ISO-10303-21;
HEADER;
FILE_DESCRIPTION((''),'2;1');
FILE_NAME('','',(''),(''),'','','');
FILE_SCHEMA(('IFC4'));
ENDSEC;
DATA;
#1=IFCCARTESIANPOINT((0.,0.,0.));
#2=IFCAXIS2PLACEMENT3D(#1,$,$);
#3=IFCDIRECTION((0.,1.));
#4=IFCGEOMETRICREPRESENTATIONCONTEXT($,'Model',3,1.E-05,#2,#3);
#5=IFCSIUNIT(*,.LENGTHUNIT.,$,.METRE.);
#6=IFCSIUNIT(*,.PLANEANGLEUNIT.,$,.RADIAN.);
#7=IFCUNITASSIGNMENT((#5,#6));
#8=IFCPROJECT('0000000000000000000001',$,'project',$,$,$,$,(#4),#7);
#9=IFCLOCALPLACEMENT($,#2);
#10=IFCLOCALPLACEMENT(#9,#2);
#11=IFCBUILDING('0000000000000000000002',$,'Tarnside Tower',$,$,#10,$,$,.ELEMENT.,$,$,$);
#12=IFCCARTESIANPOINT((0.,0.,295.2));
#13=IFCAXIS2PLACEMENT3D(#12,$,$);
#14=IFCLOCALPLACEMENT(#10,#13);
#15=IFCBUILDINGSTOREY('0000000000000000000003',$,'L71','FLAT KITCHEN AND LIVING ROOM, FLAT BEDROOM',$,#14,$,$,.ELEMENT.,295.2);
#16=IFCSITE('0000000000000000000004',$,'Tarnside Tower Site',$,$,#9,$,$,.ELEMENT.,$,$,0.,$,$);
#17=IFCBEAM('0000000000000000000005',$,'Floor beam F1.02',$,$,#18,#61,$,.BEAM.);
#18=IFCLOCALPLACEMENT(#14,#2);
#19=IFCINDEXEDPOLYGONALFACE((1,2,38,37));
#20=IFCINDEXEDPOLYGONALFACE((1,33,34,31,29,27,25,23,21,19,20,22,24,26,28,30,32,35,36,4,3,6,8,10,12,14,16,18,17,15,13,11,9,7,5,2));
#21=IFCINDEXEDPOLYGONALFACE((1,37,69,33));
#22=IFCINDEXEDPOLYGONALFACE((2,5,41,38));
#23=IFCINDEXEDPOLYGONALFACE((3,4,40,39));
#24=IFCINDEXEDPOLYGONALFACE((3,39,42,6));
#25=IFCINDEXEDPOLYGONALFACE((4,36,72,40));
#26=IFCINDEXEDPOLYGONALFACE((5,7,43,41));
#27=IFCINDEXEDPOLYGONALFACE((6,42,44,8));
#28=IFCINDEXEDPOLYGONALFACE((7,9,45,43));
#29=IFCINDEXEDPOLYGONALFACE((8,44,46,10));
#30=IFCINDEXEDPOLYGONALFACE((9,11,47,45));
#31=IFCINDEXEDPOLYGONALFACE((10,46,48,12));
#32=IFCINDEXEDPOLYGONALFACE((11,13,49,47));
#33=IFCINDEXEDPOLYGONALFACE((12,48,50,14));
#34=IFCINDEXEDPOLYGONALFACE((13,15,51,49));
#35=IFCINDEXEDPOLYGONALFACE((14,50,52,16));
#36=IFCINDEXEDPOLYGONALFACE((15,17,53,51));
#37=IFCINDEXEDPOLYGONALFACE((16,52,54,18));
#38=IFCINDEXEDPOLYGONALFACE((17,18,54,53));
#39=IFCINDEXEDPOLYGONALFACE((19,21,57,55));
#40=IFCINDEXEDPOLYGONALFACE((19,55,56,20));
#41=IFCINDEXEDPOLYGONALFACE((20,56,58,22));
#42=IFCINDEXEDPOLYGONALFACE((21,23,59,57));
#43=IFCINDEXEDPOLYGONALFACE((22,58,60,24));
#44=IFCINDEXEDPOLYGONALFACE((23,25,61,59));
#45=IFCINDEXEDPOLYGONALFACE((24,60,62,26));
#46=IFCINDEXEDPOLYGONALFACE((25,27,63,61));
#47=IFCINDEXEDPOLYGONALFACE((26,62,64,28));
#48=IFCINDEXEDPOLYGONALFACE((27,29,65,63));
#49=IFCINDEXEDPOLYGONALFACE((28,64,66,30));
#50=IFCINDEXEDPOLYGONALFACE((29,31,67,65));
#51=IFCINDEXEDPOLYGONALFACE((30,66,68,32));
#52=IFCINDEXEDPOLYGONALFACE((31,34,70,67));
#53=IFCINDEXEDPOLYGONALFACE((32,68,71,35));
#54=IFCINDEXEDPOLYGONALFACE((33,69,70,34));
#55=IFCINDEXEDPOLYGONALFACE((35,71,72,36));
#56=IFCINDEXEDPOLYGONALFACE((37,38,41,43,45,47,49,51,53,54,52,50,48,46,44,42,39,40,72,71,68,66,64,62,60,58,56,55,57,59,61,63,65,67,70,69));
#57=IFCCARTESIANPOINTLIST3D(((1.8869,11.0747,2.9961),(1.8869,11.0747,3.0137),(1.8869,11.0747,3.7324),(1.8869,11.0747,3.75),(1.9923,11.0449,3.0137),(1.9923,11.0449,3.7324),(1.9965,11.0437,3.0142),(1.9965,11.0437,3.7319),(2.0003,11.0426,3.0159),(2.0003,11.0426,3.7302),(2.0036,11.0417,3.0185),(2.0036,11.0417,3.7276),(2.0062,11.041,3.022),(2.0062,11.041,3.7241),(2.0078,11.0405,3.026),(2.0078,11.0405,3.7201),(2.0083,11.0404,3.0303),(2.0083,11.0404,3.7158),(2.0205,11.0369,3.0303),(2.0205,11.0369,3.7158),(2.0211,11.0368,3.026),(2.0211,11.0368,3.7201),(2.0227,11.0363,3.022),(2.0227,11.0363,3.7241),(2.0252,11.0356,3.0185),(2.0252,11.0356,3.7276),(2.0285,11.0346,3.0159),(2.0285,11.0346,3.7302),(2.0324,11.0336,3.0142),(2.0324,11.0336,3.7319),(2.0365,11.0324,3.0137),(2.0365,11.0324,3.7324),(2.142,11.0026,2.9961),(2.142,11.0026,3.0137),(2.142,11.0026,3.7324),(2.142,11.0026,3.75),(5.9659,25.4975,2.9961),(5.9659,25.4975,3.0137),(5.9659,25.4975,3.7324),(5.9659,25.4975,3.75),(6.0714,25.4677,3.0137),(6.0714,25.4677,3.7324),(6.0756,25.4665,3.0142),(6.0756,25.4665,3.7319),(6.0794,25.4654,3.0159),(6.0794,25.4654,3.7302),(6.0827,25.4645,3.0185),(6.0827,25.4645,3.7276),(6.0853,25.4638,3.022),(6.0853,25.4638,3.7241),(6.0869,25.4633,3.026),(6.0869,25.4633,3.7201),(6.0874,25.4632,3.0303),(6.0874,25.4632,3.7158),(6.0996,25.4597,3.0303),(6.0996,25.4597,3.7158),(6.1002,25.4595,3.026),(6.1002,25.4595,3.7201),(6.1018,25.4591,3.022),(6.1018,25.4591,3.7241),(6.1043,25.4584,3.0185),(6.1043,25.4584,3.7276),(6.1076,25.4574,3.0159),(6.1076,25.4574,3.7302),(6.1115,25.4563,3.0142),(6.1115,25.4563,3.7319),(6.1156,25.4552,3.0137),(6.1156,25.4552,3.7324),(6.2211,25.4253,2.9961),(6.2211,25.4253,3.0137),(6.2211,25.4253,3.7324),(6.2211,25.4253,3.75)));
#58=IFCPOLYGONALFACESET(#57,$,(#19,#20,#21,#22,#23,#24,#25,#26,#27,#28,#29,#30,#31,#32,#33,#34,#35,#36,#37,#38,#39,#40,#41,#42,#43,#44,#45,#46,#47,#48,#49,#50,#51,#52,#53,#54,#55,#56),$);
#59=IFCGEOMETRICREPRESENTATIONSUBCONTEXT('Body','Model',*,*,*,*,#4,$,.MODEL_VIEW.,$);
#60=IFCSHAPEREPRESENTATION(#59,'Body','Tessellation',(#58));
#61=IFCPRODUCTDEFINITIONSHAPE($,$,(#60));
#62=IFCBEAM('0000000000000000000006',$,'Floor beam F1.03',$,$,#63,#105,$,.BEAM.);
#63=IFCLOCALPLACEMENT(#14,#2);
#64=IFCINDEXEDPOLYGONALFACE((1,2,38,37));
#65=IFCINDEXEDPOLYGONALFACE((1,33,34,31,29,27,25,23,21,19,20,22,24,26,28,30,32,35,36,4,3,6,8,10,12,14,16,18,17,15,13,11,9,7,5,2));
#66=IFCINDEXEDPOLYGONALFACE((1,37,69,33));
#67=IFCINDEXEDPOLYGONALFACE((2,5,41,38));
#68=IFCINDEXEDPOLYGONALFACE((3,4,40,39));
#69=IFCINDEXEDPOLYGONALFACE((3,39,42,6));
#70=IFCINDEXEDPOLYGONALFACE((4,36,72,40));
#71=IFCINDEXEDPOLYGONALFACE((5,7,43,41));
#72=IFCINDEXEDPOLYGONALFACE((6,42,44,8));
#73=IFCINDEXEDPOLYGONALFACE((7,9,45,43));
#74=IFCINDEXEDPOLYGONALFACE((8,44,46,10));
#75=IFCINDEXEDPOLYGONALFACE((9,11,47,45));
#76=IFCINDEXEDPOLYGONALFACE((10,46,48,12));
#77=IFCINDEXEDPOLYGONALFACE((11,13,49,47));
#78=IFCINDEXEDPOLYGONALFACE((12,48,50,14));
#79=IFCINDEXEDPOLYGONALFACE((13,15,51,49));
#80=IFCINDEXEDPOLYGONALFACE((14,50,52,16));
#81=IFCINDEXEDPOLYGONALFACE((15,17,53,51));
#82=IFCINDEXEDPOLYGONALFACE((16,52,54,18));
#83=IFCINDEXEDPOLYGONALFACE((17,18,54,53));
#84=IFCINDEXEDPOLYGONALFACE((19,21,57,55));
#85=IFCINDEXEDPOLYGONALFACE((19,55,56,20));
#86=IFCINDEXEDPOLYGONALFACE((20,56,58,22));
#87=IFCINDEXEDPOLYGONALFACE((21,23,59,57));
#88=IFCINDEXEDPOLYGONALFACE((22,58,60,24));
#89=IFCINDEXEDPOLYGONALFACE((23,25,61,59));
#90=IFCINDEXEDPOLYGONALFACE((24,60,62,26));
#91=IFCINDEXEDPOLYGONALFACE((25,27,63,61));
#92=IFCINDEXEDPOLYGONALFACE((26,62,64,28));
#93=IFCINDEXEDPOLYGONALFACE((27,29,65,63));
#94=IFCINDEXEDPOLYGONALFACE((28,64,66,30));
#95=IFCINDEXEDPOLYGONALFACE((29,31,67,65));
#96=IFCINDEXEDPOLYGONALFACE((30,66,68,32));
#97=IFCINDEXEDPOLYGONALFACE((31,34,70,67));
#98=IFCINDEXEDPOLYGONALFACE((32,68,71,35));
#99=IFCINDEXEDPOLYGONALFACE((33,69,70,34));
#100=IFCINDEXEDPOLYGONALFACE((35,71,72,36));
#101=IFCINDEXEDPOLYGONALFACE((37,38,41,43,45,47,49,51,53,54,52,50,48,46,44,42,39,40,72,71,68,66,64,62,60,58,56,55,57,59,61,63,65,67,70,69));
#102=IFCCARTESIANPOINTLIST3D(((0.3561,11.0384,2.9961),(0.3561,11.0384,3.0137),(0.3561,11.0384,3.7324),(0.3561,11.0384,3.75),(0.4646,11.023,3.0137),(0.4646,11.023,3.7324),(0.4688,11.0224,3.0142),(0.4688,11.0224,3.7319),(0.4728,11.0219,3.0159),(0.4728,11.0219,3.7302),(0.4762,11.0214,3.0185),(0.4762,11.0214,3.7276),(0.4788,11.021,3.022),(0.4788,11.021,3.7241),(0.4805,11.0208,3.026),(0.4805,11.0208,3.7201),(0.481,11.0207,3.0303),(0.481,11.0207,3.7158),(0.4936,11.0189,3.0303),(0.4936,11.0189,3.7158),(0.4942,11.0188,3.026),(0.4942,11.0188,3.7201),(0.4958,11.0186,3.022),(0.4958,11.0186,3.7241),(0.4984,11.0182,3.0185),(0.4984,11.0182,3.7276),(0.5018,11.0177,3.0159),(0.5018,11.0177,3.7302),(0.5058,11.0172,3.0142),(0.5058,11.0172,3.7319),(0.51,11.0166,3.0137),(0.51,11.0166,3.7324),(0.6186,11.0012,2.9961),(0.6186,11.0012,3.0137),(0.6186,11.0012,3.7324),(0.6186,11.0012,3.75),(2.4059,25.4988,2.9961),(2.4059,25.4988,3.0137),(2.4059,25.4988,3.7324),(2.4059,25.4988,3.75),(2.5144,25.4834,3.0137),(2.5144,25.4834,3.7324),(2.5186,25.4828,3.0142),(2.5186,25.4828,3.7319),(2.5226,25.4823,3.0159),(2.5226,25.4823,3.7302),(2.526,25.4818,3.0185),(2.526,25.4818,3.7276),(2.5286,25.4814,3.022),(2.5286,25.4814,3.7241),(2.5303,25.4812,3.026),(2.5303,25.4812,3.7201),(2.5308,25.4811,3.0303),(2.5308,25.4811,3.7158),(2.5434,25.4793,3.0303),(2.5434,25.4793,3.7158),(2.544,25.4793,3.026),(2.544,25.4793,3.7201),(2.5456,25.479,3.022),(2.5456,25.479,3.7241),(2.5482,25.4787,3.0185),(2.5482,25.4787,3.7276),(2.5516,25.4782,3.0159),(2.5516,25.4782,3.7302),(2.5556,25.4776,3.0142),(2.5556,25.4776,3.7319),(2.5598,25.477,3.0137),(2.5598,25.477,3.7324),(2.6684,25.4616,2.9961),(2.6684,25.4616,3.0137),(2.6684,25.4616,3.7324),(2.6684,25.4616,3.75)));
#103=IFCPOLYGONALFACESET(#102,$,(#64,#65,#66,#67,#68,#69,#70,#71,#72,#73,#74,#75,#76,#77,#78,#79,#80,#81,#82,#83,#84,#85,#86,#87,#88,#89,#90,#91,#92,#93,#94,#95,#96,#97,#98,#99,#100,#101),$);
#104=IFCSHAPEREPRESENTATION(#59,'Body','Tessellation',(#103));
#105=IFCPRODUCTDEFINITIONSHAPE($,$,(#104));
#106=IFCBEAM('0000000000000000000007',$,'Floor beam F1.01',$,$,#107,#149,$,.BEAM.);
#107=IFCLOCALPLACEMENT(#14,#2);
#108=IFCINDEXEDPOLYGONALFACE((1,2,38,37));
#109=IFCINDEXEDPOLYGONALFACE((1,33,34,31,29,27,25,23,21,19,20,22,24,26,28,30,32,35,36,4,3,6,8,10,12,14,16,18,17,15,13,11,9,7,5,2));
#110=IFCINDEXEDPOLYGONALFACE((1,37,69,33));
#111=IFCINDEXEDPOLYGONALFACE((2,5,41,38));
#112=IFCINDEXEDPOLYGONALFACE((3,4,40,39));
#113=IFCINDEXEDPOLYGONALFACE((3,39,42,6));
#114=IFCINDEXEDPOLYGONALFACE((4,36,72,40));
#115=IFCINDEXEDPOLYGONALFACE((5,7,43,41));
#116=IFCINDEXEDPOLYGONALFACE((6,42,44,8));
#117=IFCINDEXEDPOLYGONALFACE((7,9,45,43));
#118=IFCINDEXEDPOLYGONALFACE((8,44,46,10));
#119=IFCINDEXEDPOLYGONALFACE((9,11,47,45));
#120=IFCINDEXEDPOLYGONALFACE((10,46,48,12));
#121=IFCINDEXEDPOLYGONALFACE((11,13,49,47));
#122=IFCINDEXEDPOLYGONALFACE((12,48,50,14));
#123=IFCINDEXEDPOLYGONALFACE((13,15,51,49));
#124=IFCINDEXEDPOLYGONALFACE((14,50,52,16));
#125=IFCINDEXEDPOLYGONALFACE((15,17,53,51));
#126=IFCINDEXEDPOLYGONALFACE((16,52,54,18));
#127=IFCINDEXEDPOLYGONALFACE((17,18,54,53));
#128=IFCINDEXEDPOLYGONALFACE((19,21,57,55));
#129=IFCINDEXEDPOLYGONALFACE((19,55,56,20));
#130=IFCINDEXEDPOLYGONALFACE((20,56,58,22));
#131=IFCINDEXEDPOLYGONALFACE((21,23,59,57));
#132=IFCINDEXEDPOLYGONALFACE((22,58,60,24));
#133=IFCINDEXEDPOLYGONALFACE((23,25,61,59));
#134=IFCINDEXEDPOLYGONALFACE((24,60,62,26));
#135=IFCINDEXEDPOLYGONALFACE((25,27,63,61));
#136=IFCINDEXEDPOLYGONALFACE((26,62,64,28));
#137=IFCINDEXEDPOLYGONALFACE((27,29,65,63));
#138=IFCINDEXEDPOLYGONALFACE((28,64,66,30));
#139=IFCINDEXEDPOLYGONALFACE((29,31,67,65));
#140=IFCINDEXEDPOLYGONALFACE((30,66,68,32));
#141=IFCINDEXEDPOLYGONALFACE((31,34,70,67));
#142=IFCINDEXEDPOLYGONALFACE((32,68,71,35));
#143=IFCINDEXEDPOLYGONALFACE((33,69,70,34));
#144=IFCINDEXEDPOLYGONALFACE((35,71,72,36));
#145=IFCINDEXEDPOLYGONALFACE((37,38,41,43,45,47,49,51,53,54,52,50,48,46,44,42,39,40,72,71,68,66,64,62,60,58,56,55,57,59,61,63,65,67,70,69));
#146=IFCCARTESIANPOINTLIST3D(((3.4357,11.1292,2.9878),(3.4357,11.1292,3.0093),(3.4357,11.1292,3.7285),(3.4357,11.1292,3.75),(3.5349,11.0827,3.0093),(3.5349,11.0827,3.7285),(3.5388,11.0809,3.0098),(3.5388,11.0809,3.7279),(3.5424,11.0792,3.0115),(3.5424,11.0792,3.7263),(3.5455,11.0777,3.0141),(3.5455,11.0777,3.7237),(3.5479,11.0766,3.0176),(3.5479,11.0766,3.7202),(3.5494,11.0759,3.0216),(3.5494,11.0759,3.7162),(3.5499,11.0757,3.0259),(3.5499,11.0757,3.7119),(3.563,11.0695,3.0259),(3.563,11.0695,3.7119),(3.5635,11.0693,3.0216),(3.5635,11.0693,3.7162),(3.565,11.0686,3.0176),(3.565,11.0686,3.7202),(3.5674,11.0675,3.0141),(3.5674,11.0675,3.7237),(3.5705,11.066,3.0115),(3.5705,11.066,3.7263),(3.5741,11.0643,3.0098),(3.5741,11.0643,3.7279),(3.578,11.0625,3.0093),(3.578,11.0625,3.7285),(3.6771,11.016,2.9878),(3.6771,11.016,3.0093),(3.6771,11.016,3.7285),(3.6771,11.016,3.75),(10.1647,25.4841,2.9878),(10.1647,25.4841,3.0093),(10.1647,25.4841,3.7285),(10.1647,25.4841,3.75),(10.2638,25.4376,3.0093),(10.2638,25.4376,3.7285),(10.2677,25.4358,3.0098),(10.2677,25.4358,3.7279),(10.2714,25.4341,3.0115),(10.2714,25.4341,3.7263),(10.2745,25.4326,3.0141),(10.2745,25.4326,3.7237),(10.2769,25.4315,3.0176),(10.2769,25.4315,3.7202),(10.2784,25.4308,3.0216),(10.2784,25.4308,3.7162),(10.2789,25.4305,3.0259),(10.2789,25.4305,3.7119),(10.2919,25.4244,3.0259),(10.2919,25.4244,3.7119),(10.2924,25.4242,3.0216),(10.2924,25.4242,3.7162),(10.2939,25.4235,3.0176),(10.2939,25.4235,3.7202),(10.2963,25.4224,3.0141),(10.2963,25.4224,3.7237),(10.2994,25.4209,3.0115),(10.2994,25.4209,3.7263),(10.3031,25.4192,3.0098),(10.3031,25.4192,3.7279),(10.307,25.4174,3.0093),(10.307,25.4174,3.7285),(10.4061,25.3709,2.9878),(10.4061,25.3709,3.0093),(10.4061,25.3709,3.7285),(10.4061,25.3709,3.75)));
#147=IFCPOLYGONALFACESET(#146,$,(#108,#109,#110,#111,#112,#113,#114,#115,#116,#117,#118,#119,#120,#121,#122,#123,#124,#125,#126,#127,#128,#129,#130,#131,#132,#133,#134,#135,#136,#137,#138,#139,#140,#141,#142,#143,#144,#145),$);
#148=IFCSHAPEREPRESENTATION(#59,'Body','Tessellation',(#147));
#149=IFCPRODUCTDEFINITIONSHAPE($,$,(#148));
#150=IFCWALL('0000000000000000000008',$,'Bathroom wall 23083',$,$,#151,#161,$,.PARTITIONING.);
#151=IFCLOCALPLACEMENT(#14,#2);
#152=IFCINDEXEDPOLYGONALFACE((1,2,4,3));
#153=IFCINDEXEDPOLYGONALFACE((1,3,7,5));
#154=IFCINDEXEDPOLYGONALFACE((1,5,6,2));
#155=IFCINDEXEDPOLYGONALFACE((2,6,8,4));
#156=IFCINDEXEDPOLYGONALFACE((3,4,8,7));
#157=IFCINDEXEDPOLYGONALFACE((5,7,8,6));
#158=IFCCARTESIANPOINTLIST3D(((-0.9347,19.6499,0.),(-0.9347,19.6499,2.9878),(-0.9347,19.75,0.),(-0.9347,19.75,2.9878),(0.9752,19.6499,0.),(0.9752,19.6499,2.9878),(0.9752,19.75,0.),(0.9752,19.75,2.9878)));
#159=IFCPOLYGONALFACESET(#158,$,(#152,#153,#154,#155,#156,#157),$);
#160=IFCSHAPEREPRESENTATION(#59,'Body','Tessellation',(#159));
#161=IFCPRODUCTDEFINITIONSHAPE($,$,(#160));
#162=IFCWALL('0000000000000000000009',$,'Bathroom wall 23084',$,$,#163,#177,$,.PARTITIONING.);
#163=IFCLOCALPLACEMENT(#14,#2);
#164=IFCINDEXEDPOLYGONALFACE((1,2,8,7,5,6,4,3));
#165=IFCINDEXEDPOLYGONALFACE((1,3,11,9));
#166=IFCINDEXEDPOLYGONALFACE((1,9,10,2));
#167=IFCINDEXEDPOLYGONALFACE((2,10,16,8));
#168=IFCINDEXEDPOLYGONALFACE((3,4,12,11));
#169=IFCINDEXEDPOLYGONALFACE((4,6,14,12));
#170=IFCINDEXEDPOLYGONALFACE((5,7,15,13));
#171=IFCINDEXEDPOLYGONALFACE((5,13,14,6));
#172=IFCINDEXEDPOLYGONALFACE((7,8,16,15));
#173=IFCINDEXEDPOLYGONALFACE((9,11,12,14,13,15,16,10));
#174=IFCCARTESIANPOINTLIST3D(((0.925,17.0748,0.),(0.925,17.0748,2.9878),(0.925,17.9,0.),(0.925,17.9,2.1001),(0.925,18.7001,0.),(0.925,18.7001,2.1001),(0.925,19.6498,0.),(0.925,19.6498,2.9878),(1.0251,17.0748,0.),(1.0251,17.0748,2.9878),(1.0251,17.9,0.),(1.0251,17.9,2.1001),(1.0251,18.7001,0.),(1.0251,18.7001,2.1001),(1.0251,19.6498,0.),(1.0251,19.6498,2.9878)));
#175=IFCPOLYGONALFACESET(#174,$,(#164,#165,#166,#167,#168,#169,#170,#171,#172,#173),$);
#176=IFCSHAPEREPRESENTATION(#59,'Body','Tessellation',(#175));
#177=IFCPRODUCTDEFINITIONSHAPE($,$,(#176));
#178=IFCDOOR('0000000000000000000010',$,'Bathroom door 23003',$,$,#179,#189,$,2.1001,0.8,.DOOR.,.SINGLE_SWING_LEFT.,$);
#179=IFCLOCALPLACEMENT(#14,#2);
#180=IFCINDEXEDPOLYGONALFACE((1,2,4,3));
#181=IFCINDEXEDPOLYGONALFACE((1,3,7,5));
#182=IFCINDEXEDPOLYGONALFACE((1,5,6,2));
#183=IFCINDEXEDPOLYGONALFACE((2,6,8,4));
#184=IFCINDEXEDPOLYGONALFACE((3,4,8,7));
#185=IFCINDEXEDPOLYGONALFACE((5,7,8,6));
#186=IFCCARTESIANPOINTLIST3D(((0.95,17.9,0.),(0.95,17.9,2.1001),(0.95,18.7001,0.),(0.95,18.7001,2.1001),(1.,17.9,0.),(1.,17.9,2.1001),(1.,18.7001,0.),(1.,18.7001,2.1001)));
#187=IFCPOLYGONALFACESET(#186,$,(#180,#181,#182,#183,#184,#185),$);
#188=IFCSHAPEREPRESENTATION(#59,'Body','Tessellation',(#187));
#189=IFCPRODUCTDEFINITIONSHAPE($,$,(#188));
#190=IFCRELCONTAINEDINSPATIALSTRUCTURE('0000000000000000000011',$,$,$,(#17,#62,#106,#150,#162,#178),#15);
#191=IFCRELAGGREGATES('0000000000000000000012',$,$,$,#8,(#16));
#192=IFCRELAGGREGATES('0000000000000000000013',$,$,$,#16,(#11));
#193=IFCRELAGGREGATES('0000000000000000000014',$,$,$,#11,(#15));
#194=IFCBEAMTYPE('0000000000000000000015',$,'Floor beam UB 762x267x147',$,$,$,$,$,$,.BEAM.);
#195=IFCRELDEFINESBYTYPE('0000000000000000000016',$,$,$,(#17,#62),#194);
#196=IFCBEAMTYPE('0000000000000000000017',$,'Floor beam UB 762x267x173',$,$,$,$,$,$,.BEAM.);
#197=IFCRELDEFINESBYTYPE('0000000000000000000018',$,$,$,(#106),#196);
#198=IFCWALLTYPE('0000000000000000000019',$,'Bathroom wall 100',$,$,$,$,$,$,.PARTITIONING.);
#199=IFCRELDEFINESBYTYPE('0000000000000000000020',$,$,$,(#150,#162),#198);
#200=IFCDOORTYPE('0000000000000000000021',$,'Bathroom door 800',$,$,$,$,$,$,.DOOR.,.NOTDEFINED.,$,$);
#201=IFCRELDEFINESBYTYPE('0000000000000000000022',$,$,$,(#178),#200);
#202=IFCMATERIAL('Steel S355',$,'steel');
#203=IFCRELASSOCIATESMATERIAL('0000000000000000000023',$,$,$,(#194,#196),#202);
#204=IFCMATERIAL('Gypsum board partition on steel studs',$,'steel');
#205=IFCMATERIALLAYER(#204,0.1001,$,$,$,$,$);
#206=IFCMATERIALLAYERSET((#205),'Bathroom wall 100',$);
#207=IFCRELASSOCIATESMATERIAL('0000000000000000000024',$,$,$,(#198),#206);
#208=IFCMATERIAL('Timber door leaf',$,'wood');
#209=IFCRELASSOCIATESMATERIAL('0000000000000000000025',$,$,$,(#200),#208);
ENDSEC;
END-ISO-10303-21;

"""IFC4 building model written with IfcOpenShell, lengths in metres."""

from ifc_helpers import new_model, si_unit, direction, frame, frame_2d, origin, origin_2d, place, context, subcontext, project, spatial, rectangle, i_section, extrude, material, layer, layer_set, material_profile, profile_set, type_object, element, fill, save


model = new_model("IFC4")

# Units and contexts
model_context = context("Model", 3, precision=1e-05, world=origin(), true_north=direction((0.0, 1.0)))
body_context = subcontext(model_context, "Body", "Model", "MODEL_VIEW")
ifc_project = project(units=[si_unit("LENGTHUNIT", "METRE"), si_unit("PLANEANGLEUNIT", "RADIAN")], contexts=[model_context])

# Site, building, storey
site_placement = place(None, origin())
site = spatial("IfcSite", under=ifc_project, at=site_placement, Name="Tarnside Tower Site", CompositionType="ELEMENT", RefElevation=0.0)
building_placement = place(site_placement, origin())
building = spatial("IfcBuilding", under=site, at=building_placement, Name="Tarnside Tower", CompositionType="ELEMENT")
storey_placement = place(building_placement, frame((0.0, 0.0, 295.2)))
storey = spatial("IfcBuildingStorey", under=building, at=storey_placement, Name="L71", Description="FLAT KITCHEN AND LIVING ROOM, FLAT BEDROOM", CompositionType="ELEMENT", Elevation=295.2)

# Beams
ifc_material_1 = material(Name="Steel S355", Category="steel")
ifc_material_profile_1 = material_profile(ifc_material_1, i_section(OverallWidth=0.2651, OverallDepth=0.7539, WebThickness=0.0127, FlangeThickness=0.0176, FilletRadius=0.0166, at=origin_2d()), Name="UB 762x267x147")
ifc_profile_set_1 = profile_set([ifc_material_profile_1], Name="Steel S355")
beam_type_1 = type_object("IfcBeamType", Name="Floor beam UB 762x267x147", PredefinedType="BEAM", material=ifc_profile_set_1)
beam_1_placement = place(storey_placement, frame((6.0935, 25.4614, 3.373), z_axis=(-0.272147, -0.962256, 0.0), x_axis=(0.962256, -0.272147, 0.0)))
element("IfcBeam", 1, at=beam_1_placement, inside=storey, type_object=beam_type_1, Name="Floor beam F1.02", PredefinedType="BEAM", context=body_context, shape_type="SweptSolid", body=[
    extrude(i_section(OverallWidth=0.2651, OverallDepth=0.7539, WebThickness=0.0127, FlangeThickness=0.0176, FilletRadius=0.0166, at=origin_2d()), origin(), (0.0, 0.0, 1.0), 14.9885),
])
beam_2_placement = place(storey_placement, frame((2.5371, 25.4802, 3.373), z_axis=(-0.140349, -0.990102, 0.0), x_axis=(0.990102, -0.140349, 0.0)))
element("IfcBeam", 2, at=beam_2_placement, inside=storey, type_object=beam_type_1, Name="Floor beam F1.03", PredefinedType="BEAM", context=body_context, shape_type="SweptSolid", body=[
    extrude(i_section(OverallWidth=0.2651, OverallDepth=0.7539, WebThickness=0.0127, FlangeThickness=0.0176, FilletRadius=0.0166, at=origin_2d()), origin(), (0.0, 0.0, 1.0), 14.605),
])
ifc_material_profile_2 = material_profile(ifc_material_1, i_section(OverallWidth=0.2666, OverallDepth=0.7622, WebThickness=0.0144, FlangeThickness=0.0215, FilletRadius=0.0166, at=origin_2d()), Name="UB 762x267x173")
ifc_profile_set_2 = profile_set([ifc_material_profile_2], Name="Steel S355")
beam_type_2 = type_object("IfcBeamType", Name="Floor beam UB 762x267x173", PredefinedType="BEAM", material=ifc_profile_set_2)
beam_3_placement = place(storey_placement, frame((10.2854, 25.4275, 3.3689), z_axis=(-0.424439, -0.905456, 0.0), x_axis=(0.905456, -0.424439, 0.0)))
element("IfcBeam", 3, at=beam_3_placement, inside=storey, type_object=beam_type_2, Name="Floor beam F1.01", PredefinedType="BEAM", context=body_context, shape_type="SweptSolid", body=[
    extrude(i_section(OverallWidth=0.2666, OverallDepth=0.7622, WebThickness=0.0144, FlangeThickness=0.0215, FilletRadius=0.0166, at=origin_2d()), origin(), (0.0, 0.0, 1.0), 15.8538),
])

# Wall
ifc_material_2 = material(Name="Gypsum board partition on steel studs", Category="steel")
ifc_layer_1 = layer(ifc_material_2, 0.1001)
ifc_layer_set_1 = layer_set([ifc_layer_1], Name="Bathroom wall 100")
wall_type_1 = type_object("IfcWallType", Name="Bathroom wall 100", PredefinedType="PARTITIONING", material=ifc_layer_set_1)
wall_1_placement = place(storey_placement, frame((-0.9348, 19.7, 0.0), z_axis=(0.0, 0.0, 1.0), x_axis=(1.0, 0.0, 0.0)))
element("IfcWall", 4, at=wall_1_placement, inside=storey, type_object=wall_type_1, Name="Bathroom wall 23083", PredefinedType="PARTITIONING", context=body_context, shape_type="SweptSolid", body=[
    extrude(rectangle(XDim=1.9099, YDim=0.1001, at=frame_2d((0.9551, 0.0))), origin(), (0.0, 0.0, 1.0), 2.9878),
])

# Wall, opening, door
wall_2_placement = place(storey_placement, frame((0.9751, 19.6499, 0.0), z_axis=(0.0, 0.0, 1.0), x_axis=(0.0, -1.0, 0.0)))
wall_2 = element("IfcWall", 5, at=wall_2_placement, inside=storey, type_object=wall_type_1, Name="Bathroom wall 23084", PredefinedType="PARTITIONING", context=body_context, shape_type="SweptSolid", body=[
    extrude(rectangle(XDim=2.575, YDim=0.1001, at=frame_2d((1.2876, 0.0))), origin(), (0.0, 0.0, 1.0), 2.9878),
])
opening_1_placement = place(wall_2_placement, frame((0.95, 0.0, 0.0)))
opening_1 = element("IfcOpeningElement", 6, at=opening_1_placement, cuts=wall_2, PredefinedType="OPENING", context=body_context, shape_type="SweptSolid", body=[
    extrude(rectangle(XDim=0.8, YDim=2.1001, at=frame_2d((0.3999, 1.05))), frame((0.0, 0.0601, 0.0), z_axis=(0.0, -1.0, 0.0), x_axis=(1.0, 0.0, 0.0)), (0.0, 0.0, 1.0), 0.1201),
])
ifc_material_3 = material(Name="Timber door leaf", Category="wood")
door_type_1 = type_object("IfcDoorType", Name="Bathroom door 800", OperationType="NOTDEFINED", PredefinedType="DOOR", material=ifc_material_3)
door_1_placement = place(opening_1_placement, origin())
door_1 = element("IfcDoor", 7, at=door_1_placement, inside=storey, type_object=door_type_1, Name="Bathroom door 23003", OperationType="SINGLE_SWING_LEFT", OverallHeight=2.1001, OverallWidth=0.8, PredefinedType="DOOR", context=body_context, shape_type="SweptSolid", body=[
    extrude(rectangle(XDim=0.8, YDim=2.1001, at=frame_2d((0.3999, 1.05))), frame((0.0, 0.0249, 0.0), z_axis=(0.0, -1.0, 0.0), x_axis=(1.0, 0.0, 0.0)), (0.0, 0.0, 1.0), 0.05),
])
fill(opening_1, door_1)

save(model, "model.ifc")
